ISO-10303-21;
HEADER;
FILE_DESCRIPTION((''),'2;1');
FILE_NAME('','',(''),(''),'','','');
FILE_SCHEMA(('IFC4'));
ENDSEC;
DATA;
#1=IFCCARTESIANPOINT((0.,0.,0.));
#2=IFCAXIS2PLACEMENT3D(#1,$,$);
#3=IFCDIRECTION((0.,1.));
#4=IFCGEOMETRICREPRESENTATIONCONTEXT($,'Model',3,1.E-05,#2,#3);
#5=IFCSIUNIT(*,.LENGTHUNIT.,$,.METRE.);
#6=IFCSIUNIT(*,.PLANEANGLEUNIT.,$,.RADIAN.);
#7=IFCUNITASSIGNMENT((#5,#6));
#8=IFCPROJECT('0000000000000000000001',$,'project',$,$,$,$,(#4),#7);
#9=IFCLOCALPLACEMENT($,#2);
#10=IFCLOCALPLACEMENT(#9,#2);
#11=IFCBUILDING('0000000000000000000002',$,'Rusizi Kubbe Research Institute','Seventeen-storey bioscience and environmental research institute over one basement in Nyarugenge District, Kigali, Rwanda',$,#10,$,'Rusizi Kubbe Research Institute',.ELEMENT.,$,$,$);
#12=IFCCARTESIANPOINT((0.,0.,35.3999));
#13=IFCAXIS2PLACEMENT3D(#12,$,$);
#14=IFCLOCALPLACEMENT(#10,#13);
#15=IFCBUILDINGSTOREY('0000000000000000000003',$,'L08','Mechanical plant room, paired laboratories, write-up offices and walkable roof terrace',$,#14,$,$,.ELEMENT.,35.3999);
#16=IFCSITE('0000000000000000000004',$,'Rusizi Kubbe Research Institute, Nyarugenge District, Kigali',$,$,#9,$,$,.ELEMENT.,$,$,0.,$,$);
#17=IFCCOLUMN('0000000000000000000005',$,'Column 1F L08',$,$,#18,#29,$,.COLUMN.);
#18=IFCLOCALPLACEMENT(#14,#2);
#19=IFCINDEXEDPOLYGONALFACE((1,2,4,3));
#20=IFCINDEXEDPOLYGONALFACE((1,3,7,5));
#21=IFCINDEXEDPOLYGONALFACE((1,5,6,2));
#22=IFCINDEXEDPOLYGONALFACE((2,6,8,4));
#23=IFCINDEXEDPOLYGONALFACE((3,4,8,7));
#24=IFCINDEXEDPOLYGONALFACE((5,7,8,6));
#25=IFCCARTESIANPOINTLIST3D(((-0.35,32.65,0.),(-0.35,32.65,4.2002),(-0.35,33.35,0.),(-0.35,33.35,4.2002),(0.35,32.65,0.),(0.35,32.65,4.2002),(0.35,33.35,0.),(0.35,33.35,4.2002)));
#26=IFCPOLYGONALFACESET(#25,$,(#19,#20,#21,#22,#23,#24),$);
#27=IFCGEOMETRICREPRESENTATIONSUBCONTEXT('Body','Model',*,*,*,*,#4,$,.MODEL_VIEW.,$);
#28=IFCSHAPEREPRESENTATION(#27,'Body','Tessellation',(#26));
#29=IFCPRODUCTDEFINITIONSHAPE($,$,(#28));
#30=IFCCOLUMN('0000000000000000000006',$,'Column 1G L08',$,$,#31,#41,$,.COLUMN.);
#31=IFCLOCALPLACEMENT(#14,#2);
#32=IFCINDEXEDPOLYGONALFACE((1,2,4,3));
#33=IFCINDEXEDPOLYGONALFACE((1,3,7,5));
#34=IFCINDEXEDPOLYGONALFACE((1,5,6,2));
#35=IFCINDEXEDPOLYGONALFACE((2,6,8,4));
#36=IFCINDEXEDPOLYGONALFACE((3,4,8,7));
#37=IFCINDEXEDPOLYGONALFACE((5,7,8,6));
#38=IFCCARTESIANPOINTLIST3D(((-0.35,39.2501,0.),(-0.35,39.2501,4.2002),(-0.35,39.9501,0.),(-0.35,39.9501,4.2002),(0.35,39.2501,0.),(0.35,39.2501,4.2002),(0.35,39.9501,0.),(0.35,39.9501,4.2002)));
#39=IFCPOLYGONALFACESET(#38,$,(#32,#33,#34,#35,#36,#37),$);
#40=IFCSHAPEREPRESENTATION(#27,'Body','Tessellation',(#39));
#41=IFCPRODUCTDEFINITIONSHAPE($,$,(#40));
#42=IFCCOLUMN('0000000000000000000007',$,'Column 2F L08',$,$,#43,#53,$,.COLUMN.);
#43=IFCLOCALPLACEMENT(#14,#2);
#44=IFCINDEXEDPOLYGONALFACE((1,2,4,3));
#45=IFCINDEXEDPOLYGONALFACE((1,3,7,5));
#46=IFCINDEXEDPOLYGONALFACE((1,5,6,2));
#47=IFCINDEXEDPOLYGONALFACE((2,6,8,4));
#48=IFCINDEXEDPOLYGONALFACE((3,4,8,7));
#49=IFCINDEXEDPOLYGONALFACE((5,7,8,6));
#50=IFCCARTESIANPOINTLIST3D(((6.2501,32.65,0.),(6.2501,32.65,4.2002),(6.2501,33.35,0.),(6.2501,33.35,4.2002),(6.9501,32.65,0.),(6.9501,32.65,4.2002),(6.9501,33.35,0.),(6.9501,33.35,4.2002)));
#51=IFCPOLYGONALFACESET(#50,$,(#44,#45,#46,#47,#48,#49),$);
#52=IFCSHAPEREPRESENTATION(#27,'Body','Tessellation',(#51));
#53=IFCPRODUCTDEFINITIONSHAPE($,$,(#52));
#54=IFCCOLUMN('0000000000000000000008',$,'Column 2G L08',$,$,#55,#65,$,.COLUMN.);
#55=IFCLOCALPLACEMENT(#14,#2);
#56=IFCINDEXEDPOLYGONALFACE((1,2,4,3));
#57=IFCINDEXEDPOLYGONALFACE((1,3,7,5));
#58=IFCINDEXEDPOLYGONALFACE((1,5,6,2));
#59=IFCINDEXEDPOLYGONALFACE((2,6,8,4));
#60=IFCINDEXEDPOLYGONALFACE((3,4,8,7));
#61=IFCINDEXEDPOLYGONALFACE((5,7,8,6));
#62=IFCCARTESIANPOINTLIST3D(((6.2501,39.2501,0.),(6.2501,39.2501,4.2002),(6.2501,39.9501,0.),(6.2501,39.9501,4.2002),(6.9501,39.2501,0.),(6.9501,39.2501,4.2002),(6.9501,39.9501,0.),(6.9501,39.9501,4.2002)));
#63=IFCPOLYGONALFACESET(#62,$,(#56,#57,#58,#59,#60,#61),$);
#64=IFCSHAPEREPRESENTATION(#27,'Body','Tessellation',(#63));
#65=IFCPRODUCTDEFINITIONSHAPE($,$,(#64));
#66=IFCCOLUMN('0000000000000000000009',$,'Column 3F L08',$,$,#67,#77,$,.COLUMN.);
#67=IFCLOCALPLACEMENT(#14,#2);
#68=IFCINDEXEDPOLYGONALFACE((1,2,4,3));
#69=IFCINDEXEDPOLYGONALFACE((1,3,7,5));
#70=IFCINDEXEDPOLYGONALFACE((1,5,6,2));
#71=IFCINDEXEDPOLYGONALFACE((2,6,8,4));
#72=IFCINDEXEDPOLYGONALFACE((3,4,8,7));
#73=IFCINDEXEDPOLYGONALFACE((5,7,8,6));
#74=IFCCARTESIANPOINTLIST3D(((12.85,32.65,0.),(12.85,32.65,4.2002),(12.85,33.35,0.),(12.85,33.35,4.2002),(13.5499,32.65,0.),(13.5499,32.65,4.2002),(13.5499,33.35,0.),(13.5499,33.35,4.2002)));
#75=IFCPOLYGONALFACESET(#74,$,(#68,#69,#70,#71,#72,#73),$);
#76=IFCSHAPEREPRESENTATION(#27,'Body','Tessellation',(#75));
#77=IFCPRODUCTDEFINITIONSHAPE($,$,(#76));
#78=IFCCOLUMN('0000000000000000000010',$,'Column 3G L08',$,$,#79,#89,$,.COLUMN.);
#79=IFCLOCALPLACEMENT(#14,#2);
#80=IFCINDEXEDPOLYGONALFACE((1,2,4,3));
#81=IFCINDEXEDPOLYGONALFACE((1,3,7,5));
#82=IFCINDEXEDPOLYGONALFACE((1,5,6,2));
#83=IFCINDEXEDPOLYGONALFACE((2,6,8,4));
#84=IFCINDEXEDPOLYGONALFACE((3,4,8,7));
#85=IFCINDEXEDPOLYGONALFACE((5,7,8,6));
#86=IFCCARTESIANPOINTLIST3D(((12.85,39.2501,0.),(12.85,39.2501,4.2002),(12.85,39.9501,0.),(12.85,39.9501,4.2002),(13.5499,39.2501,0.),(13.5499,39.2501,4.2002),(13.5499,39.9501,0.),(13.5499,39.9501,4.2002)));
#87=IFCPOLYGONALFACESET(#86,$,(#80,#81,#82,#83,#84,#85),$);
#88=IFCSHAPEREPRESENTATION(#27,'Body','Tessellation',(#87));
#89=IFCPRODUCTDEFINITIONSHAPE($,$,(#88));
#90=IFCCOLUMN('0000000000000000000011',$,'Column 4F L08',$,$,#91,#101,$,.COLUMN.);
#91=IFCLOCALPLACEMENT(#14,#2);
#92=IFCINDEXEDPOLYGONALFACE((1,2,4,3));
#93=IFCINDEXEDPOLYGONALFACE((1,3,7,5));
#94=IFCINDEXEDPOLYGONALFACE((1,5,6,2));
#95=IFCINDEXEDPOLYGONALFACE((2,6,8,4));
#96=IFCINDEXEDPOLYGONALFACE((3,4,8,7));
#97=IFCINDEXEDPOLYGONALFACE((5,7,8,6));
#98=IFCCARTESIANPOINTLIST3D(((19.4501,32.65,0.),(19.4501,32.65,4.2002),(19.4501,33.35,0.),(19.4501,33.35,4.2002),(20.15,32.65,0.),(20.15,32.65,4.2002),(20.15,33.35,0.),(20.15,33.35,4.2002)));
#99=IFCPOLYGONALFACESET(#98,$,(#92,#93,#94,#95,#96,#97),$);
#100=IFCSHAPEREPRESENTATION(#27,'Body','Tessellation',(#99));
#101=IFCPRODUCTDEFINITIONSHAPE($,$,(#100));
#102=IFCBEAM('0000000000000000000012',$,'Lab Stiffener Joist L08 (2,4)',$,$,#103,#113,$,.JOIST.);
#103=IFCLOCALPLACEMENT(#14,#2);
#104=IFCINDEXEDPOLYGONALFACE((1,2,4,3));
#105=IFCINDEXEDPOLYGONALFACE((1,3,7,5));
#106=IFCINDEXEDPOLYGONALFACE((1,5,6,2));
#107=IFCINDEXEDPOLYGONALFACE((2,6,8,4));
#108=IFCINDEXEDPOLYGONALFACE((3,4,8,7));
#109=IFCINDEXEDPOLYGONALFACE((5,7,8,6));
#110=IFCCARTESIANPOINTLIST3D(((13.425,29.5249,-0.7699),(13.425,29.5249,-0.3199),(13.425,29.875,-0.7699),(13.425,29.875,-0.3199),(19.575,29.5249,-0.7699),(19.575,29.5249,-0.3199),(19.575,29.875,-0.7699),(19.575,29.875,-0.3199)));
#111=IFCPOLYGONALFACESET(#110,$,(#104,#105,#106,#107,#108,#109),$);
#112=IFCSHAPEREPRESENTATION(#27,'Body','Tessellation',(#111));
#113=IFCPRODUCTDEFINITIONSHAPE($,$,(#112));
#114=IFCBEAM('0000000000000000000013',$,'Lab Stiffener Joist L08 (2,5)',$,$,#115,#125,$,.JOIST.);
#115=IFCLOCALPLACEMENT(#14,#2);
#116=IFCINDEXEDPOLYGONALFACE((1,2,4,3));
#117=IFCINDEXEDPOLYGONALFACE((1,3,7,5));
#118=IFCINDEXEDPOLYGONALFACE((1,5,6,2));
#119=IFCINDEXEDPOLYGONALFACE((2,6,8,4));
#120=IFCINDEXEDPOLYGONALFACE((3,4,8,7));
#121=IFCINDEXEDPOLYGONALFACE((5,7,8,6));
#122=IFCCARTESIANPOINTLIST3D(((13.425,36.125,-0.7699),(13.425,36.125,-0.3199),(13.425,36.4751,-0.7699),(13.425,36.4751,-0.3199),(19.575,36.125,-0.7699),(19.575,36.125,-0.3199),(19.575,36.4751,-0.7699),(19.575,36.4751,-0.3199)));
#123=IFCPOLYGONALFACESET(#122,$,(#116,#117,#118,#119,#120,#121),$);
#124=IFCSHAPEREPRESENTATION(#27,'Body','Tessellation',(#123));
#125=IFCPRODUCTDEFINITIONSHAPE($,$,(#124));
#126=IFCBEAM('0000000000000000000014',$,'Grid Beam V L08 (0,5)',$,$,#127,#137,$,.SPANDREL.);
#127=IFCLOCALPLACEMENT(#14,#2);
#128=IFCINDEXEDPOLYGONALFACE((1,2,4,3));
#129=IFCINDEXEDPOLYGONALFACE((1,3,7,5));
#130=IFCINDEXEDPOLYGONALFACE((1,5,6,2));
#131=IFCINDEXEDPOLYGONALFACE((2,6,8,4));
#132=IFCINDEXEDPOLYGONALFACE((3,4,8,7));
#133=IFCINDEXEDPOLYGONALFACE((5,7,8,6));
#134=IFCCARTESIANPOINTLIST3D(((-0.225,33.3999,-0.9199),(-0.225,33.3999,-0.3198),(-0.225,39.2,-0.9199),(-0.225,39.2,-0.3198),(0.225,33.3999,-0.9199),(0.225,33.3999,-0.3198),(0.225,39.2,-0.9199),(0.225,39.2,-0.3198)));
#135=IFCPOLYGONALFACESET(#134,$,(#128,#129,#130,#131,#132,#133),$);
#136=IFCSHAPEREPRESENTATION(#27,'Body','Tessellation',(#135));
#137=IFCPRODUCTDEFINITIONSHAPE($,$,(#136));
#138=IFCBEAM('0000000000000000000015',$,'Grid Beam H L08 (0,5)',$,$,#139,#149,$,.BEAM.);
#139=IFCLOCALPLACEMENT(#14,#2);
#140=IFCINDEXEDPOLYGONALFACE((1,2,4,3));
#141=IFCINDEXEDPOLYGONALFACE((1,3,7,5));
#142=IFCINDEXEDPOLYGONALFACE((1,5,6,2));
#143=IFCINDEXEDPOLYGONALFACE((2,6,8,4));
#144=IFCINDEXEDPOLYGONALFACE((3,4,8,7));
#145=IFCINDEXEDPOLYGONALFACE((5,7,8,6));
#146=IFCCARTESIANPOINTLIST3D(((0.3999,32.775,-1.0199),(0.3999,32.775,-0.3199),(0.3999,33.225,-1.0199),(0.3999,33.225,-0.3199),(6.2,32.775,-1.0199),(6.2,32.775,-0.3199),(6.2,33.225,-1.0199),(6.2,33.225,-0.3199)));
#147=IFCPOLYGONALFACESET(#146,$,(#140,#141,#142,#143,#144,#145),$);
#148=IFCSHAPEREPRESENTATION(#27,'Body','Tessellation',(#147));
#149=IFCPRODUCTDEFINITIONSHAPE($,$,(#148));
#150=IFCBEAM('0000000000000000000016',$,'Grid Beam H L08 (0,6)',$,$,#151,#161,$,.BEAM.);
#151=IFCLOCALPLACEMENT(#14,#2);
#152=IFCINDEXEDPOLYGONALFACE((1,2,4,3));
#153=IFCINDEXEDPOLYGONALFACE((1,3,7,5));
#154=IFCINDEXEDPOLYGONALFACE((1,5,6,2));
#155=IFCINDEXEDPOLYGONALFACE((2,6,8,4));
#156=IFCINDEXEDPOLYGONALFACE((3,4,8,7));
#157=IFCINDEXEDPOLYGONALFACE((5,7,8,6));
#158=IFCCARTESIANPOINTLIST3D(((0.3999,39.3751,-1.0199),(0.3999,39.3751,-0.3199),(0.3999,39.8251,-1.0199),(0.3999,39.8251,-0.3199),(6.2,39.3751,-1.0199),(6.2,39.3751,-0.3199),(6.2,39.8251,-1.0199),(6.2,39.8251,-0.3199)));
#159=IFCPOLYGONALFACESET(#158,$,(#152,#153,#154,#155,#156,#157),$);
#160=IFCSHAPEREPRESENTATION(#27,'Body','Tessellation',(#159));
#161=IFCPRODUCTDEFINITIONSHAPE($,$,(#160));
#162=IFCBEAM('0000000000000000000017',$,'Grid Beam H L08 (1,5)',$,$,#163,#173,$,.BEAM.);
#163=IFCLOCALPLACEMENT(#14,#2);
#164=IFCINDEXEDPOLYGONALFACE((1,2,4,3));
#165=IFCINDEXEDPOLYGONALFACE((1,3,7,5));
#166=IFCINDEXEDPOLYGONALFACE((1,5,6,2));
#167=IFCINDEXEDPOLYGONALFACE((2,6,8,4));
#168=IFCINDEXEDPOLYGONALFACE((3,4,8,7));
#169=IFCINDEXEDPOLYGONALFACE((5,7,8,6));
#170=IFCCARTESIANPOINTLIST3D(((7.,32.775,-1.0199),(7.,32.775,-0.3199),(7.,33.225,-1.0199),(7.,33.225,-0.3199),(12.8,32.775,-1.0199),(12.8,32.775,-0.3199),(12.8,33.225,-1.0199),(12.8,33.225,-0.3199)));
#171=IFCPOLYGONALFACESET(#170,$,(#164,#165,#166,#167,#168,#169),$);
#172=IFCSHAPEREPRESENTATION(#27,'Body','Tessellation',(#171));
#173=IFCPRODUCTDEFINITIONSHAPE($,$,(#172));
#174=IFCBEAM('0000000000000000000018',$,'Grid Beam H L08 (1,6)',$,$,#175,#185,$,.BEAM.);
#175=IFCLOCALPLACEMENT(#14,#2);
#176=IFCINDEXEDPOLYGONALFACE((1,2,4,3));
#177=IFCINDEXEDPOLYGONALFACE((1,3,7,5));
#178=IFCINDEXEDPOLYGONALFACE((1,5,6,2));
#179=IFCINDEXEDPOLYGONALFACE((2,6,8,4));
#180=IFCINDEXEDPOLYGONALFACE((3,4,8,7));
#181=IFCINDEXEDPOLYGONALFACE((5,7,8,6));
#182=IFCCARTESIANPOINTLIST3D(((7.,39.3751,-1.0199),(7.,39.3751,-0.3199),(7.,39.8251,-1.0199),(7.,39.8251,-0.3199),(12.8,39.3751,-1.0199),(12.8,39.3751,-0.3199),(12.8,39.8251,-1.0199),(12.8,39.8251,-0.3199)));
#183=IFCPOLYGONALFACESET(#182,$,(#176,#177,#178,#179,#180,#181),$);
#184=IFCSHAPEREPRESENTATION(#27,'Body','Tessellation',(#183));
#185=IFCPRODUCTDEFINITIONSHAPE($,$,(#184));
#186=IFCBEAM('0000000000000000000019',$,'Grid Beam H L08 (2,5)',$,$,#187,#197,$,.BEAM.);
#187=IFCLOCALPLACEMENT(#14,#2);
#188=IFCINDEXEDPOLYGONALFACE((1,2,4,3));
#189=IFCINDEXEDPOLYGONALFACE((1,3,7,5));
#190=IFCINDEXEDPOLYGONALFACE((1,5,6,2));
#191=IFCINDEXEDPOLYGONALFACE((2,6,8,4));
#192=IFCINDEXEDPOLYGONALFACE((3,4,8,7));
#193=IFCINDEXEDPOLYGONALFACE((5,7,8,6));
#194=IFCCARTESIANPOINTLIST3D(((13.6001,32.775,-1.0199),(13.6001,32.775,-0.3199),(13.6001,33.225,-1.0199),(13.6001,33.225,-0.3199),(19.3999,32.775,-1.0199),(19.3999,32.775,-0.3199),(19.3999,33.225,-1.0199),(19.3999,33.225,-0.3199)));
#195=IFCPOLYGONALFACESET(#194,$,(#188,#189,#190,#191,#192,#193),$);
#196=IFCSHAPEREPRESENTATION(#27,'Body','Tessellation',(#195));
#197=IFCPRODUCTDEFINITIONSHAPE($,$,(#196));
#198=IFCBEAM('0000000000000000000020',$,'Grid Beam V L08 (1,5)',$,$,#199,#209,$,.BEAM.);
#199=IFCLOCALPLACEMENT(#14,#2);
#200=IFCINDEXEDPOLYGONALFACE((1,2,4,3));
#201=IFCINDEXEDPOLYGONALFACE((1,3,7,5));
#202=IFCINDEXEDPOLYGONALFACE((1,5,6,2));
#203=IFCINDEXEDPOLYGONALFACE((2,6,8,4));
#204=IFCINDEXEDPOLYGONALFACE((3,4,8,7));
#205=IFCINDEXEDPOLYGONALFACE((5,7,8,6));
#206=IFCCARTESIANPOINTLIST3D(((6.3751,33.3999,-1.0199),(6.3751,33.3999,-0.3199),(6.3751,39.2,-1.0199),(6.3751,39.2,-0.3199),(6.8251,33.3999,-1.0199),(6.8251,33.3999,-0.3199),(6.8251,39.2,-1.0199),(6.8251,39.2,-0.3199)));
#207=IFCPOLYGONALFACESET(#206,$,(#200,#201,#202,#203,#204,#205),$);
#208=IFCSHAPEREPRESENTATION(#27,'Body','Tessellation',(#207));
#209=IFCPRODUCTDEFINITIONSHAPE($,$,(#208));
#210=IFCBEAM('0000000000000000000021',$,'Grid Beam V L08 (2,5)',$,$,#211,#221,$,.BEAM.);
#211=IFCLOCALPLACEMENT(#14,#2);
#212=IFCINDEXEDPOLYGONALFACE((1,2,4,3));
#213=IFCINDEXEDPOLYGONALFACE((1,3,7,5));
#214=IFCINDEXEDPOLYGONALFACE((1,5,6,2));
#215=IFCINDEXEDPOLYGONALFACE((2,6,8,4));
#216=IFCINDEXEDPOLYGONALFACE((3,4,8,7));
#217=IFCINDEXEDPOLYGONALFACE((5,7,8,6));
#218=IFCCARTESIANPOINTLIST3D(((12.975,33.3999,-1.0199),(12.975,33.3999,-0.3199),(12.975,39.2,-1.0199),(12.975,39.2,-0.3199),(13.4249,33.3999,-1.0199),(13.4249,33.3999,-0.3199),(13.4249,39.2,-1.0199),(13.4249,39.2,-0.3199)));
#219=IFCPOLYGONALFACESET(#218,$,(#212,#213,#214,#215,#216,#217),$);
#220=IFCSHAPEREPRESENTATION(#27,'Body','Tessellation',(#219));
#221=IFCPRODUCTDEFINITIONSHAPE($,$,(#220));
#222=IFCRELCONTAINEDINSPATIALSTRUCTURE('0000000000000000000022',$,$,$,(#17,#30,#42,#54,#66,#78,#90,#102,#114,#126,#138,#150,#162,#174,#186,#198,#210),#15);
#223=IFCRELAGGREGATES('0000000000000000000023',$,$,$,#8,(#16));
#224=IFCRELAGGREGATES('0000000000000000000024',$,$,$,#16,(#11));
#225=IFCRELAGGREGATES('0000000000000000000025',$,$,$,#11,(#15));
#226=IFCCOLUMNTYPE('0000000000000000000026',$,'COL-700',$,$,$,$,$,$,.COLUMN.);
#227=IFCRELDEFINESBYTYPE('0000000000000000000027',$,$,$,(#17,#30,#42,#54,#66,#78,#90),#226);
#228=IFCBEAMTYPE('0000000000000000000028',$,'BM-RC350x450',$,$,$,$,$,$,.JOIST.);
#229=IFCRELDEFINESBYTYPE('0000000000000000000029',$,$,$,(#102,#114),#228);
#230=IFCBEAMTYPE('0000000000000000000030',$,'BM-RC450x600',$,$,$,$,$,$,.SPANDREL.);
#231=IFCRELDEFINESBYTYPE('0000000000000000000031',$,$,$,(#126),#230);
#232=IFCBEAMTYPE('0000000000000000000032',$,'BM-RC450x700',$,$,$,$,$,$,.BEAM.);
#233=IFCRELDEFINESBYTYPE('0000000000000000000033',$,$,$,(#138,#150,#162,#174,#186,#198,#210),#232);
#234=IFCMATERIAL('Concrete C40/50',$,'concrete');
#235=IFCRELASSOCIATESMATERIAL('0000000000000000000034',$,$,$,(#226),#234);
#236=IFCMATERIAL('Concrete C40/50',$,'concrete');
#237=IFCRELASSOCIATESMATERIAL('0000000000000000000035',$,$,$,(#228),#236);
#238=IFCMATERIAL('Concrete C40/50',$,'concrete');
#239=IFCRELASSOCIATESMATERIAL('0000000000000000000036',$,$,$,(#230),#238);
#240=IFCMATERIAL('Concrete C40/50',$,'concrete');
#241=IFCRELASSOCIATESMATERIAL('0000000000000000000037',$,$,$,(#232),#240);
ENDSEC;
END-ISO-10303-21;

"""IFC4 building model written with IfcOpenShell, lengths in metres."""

from ifc_helpers import new_model, si_unit, direction, frame, origin, origin_2d, place, context, subcontext, project, spatial, rectangle, extrude, material, material_profile, profile_set, type_object, element, save


model = new_model("IFC4")

# Units and contexts
model_context = context("Model", 3, precision=1e-05, world=origin(), true_north=direction((0.0, 1.0)))
body_context = subcontext(model_context, "Body", "Model", "MODEL_VIEW")
ifc_project = project(units=[si_unit("LENGTHUNIT", "METRE"), si_unit("PLANEANGLEUNIT", "RADIAN")], contexts=[model_context])

# Site, building, storey
site_placement = place(None, origin())
site = spatial("IfcSite", under=ifc_project, at=site_placement, Name="Rusizi Kubbe Research Institute, Nyarugenge District, Kigali", CompositionType="ELEMENT", RefElevation=0.0)
building_placement = place(site_placement, origin())
building = spatial("IfcBuilding", under=site, at=building_placement, Name="Rusizi Kubbe Research Institute", Description="Seventeen-storey bioscience and environmental research institute over one basement in Nyarugenge District, Kigali, Rwanda", LongName="Rusizi Kubbe Research Institute", CompositionType="ELEMENT")
storey_placement = place(building_placement, frame((0.0, 0.0, 35.3999)))
storey = spatial("IfcBuildingStorey", under=building, at=storey_placement, Name="L08", Description="Mechanical plant room, paired laboratories, write-up offices and walkable roof terrace", CompositionType="ELEMENT", Elevation=35.3999)

# Columns
ifc_material_1 = material(Name="Concrete C40/50", Category="concrete")
ifc_material_profile_1 = material_profile(ifc_material_1, rectangle(XDim=0.7, YDim=0.7, at=origin_2d()), Name="RC700x700")
ifc_profile_set_1 = profile_set([ifc_material_profile_1], Name="Concrete C40/50")
column_type = type_object("IfcColumnType", Name="COL-700", PredefinedType="COLUMN", material=ifc_profile_set_1)
for number, where, z_axis, x_axis, name in (
    (1, (0.0, 33.0, 0.0), (0.0, 0.0, 1.0), (1.0, 0.0, 0.0), "Column 1F L08"),
    (2, (0.0, 39.6001, 0.0), (0.0, 0.0, 1.0), (1.0, 0.0, 0.0), "Column 1G L08"),
    (3, (6.6001, 33.0, 0.0), (0.0, 0.0, 1.0), (1.0, 0.0, 0.0), "Column 2F L08"),
    (4, (6.6001, 39.6001, 0.0), (0.0, 0.0, 1.0), (1.0, 0.0, 0.0), "Column 2G L08"),
    (5, (13.2, 33.0, 0.0), (0.0, 0.0, 1.0), (1.0, 0.0, 0.0), "Column 3F L08"),
    (6, (13.2, 39.6001, 0.0), (0.0, 0.0, 1.0), (1.0, 0.0, 0.0), "Column 3G L08"),
    (7, (19.8, 33.0, 0.0), (0.0, 0.0, 1.0), (1.0, 0.0, 0.0), "Column 4F L08"),
):
    element("IfcColumn", number, at=place(storey_placement, frame(where, z_axis=z_axis, x_axis=x_axis)), inside=storey, type_object=column_type, Name=name, PredefinedType="COLUMN", context=body_context, shape_type="SweptSolid", body=[
        extrude(rectangle(XDim=0.7, YDim=0.7, at=origin_2d()), origin(), (0.0, 0.0, 1.0), 4.2002),
    ])

# Beams
ifc_material_2 = material(Name="Concrete C40/50", Category="concrete")
ifc_material_profile_2 = material_profile(ifc_material_2, rectangle(XDim=0.3501, YDim=0.45, at=origin_2d()), Name="RC350x450")
ifc_profile_set_2 = profile_set([ifc_material_profile_2], Name="Concrete C40/50")
beam_type_1 = type_object("IfcBeamType", Name="BM-RC350x450", PredefinedType="JOIST", material=ifc_profile_set_2)
for number, where, z_axis, x_axis, name in (
    (8, (13.425, 29.7, -0.5449), (1.0, 0.0, 0.0), (0.0, 1.0, 0.0), "Lab Stiffener Joist L08 (2,4)"),
    (9, (13.425, 36.3, -0.5449), (1.0, 0.0, 0.0), (0.0, 1.0, 0.0), "Lab Stiffener Joist L08 (2,5)"),
):
    element("IfcBeam", number, at=place(storey_placement, frame(where, z_axis=z_axis, x_axis=x_axis)), inside=storey, type_object=beam_type_1, Name=name, PredefinedType="JOIST", context=body_context, shape_type="SweptSolid", body=[
        extrude(rectangle(XDim=0.3501, YDim=0.45, at=origin_2d()), origin(), (0.0, 0.0, 1.0), 6.1499),
    ])
ifc_material_3 = material(Name="Concrete C40/50", Category="concrete")
ifc_material_profile_3 = material_profile(ifc_material_3, rectangle(XDim=0.45, YDim=0.6001, at=origin_2d()), Name="RC450x600")
ifc_profile_set_3 = profile_set([ifc_material_profile_3], Name="Concrete C40/50")
beam_type_2 = type_object("IfcBeamType", Name="BM-RC450x600", PredefinedType="SPANDREL", material=ifc_profile_set_3)
beam_1_placement = place(storey_placement, frame((0.0, 33.3999, -0.6199), z_axis=(0.0, 1.0, 0.0), x_axis=(-1.0, 0.0, 0.0)))
element("IfcBeam", 10, at=beam_1_placement, inside=storey, type_object=beam_type_2, Name="Grid Beam V L08 (0,5)", PredefinedType="SPANDREL", context=body_context, shape_type="SweptSolid", body=[
    extrude(rectangle(XDim=0.45, YDim=0.6001, at=origin_2d()), origin(), (0.0, 0.0, 1.0), 5.8),
])
ifc_material_4 = material(Name="Concrete C40/50", Category="concrete")
ifc_material_profile_4 = material_profile(ifc_material_4, rectangle(XDim=0.45, YDim=0.7, at=origin_2d()), Name="RC450x700B")
ifc_profile_set_4 = profile_set([ifc_material_profile_4], Name="Concrete C40/50")
beam_type_3 = type_object("IfcBeamType", Name="BM-RC450x700", PredefinedType="BEAM", material=ifc_profile_set_4)
for number, where, z_axis, x_axis, name in (
    (11, (0.3999, 33.0, -0.6699), (1.0, 0.0, 0.0), (0.0, 1.0, 0.0), "Grid Beam H L08 (0,5)"),
    (12, (0.3999, 39.6001, -0.6699), (1.0, 0.0, 0.0), (0.0, 1.0, 0.0), "Grid Beam H L08 (0,6)"),
    (13, (7.0, 33.0, -0.6699), (1.0, 0.0, 0.0), (0.0, 1.0, 0.0), "Grid Beam H L08 (1,5)"),
    (14, (7.0, 39.6001, -0.6699), (1.0, 0.0, 0.0), (0.0, 1.0, 0.0), "Grid Beam H L08 (1,6)"),
):
    element("IfcBeam", number, at=place(storey_placement, frame(where, z_axis=z_axis, x_axis=x_axis)), inside=storey, type_object=beam_type_3, Name=name, PredefinedType="BEAM", context=body_context, shape_type="SweptSolid", body=[
        extrude(rectangle(XDim=0.45, YDim=0.7, at=origin_2d()), origin(), (0.0, 0.0, 1.0), 5.8),
    ])
beam_2_placement = place(storey_placement, frame((13.6001, 33.0, -0.6699), z_axis=(1.0, 0.0, 0.0), x_axis=(0.0, 1.0, 0.0)))
element("IfcBeam", 15, at=beam_2_placement, inside=storey, type_object=beam_type_3, Name="Grid Beam H L08 (2,5)", PredefinedType="BEAM", context=body_context, shape_type="SweptSolid", body=[
    extrude(rectangle(XDim=0.45, YDim=0.7, at=origin_2d()), origin(), (0.0, 0.0, 1.0), 5.7998),
])
for number, where, z_axis, x_axis, name in (
    (16, (6.6001, 33.3999, -0.6699), (0.0, 1.0, 0.0), (-1.0, 0.0, 0.0), "Grid Beam V L08 (1,5)"),
    (17, (13.2, 33.3999, -0.6699), (0.0, 1.0, 0.0), (-1.0, 0.0, 0.0), "Grid Beam V L08 (2,5)"),
):
    element("IfcBeam", number, at=place(storey_placement, frame(where, z_axis=z_axis, x_axis=x_axis)), inside=storey, type_object=beam_type_3, Name=name, PredefinedType="BEAM", context=body_context, shape_type="SweptSolid", body=[
        extrude(rectangle(XDim=0.45, YDim=0.7, at=origin_2d()), origin(), (0.0, 0.0, 1.0), 5.8),
    ])

save(model, "model.ifc")
